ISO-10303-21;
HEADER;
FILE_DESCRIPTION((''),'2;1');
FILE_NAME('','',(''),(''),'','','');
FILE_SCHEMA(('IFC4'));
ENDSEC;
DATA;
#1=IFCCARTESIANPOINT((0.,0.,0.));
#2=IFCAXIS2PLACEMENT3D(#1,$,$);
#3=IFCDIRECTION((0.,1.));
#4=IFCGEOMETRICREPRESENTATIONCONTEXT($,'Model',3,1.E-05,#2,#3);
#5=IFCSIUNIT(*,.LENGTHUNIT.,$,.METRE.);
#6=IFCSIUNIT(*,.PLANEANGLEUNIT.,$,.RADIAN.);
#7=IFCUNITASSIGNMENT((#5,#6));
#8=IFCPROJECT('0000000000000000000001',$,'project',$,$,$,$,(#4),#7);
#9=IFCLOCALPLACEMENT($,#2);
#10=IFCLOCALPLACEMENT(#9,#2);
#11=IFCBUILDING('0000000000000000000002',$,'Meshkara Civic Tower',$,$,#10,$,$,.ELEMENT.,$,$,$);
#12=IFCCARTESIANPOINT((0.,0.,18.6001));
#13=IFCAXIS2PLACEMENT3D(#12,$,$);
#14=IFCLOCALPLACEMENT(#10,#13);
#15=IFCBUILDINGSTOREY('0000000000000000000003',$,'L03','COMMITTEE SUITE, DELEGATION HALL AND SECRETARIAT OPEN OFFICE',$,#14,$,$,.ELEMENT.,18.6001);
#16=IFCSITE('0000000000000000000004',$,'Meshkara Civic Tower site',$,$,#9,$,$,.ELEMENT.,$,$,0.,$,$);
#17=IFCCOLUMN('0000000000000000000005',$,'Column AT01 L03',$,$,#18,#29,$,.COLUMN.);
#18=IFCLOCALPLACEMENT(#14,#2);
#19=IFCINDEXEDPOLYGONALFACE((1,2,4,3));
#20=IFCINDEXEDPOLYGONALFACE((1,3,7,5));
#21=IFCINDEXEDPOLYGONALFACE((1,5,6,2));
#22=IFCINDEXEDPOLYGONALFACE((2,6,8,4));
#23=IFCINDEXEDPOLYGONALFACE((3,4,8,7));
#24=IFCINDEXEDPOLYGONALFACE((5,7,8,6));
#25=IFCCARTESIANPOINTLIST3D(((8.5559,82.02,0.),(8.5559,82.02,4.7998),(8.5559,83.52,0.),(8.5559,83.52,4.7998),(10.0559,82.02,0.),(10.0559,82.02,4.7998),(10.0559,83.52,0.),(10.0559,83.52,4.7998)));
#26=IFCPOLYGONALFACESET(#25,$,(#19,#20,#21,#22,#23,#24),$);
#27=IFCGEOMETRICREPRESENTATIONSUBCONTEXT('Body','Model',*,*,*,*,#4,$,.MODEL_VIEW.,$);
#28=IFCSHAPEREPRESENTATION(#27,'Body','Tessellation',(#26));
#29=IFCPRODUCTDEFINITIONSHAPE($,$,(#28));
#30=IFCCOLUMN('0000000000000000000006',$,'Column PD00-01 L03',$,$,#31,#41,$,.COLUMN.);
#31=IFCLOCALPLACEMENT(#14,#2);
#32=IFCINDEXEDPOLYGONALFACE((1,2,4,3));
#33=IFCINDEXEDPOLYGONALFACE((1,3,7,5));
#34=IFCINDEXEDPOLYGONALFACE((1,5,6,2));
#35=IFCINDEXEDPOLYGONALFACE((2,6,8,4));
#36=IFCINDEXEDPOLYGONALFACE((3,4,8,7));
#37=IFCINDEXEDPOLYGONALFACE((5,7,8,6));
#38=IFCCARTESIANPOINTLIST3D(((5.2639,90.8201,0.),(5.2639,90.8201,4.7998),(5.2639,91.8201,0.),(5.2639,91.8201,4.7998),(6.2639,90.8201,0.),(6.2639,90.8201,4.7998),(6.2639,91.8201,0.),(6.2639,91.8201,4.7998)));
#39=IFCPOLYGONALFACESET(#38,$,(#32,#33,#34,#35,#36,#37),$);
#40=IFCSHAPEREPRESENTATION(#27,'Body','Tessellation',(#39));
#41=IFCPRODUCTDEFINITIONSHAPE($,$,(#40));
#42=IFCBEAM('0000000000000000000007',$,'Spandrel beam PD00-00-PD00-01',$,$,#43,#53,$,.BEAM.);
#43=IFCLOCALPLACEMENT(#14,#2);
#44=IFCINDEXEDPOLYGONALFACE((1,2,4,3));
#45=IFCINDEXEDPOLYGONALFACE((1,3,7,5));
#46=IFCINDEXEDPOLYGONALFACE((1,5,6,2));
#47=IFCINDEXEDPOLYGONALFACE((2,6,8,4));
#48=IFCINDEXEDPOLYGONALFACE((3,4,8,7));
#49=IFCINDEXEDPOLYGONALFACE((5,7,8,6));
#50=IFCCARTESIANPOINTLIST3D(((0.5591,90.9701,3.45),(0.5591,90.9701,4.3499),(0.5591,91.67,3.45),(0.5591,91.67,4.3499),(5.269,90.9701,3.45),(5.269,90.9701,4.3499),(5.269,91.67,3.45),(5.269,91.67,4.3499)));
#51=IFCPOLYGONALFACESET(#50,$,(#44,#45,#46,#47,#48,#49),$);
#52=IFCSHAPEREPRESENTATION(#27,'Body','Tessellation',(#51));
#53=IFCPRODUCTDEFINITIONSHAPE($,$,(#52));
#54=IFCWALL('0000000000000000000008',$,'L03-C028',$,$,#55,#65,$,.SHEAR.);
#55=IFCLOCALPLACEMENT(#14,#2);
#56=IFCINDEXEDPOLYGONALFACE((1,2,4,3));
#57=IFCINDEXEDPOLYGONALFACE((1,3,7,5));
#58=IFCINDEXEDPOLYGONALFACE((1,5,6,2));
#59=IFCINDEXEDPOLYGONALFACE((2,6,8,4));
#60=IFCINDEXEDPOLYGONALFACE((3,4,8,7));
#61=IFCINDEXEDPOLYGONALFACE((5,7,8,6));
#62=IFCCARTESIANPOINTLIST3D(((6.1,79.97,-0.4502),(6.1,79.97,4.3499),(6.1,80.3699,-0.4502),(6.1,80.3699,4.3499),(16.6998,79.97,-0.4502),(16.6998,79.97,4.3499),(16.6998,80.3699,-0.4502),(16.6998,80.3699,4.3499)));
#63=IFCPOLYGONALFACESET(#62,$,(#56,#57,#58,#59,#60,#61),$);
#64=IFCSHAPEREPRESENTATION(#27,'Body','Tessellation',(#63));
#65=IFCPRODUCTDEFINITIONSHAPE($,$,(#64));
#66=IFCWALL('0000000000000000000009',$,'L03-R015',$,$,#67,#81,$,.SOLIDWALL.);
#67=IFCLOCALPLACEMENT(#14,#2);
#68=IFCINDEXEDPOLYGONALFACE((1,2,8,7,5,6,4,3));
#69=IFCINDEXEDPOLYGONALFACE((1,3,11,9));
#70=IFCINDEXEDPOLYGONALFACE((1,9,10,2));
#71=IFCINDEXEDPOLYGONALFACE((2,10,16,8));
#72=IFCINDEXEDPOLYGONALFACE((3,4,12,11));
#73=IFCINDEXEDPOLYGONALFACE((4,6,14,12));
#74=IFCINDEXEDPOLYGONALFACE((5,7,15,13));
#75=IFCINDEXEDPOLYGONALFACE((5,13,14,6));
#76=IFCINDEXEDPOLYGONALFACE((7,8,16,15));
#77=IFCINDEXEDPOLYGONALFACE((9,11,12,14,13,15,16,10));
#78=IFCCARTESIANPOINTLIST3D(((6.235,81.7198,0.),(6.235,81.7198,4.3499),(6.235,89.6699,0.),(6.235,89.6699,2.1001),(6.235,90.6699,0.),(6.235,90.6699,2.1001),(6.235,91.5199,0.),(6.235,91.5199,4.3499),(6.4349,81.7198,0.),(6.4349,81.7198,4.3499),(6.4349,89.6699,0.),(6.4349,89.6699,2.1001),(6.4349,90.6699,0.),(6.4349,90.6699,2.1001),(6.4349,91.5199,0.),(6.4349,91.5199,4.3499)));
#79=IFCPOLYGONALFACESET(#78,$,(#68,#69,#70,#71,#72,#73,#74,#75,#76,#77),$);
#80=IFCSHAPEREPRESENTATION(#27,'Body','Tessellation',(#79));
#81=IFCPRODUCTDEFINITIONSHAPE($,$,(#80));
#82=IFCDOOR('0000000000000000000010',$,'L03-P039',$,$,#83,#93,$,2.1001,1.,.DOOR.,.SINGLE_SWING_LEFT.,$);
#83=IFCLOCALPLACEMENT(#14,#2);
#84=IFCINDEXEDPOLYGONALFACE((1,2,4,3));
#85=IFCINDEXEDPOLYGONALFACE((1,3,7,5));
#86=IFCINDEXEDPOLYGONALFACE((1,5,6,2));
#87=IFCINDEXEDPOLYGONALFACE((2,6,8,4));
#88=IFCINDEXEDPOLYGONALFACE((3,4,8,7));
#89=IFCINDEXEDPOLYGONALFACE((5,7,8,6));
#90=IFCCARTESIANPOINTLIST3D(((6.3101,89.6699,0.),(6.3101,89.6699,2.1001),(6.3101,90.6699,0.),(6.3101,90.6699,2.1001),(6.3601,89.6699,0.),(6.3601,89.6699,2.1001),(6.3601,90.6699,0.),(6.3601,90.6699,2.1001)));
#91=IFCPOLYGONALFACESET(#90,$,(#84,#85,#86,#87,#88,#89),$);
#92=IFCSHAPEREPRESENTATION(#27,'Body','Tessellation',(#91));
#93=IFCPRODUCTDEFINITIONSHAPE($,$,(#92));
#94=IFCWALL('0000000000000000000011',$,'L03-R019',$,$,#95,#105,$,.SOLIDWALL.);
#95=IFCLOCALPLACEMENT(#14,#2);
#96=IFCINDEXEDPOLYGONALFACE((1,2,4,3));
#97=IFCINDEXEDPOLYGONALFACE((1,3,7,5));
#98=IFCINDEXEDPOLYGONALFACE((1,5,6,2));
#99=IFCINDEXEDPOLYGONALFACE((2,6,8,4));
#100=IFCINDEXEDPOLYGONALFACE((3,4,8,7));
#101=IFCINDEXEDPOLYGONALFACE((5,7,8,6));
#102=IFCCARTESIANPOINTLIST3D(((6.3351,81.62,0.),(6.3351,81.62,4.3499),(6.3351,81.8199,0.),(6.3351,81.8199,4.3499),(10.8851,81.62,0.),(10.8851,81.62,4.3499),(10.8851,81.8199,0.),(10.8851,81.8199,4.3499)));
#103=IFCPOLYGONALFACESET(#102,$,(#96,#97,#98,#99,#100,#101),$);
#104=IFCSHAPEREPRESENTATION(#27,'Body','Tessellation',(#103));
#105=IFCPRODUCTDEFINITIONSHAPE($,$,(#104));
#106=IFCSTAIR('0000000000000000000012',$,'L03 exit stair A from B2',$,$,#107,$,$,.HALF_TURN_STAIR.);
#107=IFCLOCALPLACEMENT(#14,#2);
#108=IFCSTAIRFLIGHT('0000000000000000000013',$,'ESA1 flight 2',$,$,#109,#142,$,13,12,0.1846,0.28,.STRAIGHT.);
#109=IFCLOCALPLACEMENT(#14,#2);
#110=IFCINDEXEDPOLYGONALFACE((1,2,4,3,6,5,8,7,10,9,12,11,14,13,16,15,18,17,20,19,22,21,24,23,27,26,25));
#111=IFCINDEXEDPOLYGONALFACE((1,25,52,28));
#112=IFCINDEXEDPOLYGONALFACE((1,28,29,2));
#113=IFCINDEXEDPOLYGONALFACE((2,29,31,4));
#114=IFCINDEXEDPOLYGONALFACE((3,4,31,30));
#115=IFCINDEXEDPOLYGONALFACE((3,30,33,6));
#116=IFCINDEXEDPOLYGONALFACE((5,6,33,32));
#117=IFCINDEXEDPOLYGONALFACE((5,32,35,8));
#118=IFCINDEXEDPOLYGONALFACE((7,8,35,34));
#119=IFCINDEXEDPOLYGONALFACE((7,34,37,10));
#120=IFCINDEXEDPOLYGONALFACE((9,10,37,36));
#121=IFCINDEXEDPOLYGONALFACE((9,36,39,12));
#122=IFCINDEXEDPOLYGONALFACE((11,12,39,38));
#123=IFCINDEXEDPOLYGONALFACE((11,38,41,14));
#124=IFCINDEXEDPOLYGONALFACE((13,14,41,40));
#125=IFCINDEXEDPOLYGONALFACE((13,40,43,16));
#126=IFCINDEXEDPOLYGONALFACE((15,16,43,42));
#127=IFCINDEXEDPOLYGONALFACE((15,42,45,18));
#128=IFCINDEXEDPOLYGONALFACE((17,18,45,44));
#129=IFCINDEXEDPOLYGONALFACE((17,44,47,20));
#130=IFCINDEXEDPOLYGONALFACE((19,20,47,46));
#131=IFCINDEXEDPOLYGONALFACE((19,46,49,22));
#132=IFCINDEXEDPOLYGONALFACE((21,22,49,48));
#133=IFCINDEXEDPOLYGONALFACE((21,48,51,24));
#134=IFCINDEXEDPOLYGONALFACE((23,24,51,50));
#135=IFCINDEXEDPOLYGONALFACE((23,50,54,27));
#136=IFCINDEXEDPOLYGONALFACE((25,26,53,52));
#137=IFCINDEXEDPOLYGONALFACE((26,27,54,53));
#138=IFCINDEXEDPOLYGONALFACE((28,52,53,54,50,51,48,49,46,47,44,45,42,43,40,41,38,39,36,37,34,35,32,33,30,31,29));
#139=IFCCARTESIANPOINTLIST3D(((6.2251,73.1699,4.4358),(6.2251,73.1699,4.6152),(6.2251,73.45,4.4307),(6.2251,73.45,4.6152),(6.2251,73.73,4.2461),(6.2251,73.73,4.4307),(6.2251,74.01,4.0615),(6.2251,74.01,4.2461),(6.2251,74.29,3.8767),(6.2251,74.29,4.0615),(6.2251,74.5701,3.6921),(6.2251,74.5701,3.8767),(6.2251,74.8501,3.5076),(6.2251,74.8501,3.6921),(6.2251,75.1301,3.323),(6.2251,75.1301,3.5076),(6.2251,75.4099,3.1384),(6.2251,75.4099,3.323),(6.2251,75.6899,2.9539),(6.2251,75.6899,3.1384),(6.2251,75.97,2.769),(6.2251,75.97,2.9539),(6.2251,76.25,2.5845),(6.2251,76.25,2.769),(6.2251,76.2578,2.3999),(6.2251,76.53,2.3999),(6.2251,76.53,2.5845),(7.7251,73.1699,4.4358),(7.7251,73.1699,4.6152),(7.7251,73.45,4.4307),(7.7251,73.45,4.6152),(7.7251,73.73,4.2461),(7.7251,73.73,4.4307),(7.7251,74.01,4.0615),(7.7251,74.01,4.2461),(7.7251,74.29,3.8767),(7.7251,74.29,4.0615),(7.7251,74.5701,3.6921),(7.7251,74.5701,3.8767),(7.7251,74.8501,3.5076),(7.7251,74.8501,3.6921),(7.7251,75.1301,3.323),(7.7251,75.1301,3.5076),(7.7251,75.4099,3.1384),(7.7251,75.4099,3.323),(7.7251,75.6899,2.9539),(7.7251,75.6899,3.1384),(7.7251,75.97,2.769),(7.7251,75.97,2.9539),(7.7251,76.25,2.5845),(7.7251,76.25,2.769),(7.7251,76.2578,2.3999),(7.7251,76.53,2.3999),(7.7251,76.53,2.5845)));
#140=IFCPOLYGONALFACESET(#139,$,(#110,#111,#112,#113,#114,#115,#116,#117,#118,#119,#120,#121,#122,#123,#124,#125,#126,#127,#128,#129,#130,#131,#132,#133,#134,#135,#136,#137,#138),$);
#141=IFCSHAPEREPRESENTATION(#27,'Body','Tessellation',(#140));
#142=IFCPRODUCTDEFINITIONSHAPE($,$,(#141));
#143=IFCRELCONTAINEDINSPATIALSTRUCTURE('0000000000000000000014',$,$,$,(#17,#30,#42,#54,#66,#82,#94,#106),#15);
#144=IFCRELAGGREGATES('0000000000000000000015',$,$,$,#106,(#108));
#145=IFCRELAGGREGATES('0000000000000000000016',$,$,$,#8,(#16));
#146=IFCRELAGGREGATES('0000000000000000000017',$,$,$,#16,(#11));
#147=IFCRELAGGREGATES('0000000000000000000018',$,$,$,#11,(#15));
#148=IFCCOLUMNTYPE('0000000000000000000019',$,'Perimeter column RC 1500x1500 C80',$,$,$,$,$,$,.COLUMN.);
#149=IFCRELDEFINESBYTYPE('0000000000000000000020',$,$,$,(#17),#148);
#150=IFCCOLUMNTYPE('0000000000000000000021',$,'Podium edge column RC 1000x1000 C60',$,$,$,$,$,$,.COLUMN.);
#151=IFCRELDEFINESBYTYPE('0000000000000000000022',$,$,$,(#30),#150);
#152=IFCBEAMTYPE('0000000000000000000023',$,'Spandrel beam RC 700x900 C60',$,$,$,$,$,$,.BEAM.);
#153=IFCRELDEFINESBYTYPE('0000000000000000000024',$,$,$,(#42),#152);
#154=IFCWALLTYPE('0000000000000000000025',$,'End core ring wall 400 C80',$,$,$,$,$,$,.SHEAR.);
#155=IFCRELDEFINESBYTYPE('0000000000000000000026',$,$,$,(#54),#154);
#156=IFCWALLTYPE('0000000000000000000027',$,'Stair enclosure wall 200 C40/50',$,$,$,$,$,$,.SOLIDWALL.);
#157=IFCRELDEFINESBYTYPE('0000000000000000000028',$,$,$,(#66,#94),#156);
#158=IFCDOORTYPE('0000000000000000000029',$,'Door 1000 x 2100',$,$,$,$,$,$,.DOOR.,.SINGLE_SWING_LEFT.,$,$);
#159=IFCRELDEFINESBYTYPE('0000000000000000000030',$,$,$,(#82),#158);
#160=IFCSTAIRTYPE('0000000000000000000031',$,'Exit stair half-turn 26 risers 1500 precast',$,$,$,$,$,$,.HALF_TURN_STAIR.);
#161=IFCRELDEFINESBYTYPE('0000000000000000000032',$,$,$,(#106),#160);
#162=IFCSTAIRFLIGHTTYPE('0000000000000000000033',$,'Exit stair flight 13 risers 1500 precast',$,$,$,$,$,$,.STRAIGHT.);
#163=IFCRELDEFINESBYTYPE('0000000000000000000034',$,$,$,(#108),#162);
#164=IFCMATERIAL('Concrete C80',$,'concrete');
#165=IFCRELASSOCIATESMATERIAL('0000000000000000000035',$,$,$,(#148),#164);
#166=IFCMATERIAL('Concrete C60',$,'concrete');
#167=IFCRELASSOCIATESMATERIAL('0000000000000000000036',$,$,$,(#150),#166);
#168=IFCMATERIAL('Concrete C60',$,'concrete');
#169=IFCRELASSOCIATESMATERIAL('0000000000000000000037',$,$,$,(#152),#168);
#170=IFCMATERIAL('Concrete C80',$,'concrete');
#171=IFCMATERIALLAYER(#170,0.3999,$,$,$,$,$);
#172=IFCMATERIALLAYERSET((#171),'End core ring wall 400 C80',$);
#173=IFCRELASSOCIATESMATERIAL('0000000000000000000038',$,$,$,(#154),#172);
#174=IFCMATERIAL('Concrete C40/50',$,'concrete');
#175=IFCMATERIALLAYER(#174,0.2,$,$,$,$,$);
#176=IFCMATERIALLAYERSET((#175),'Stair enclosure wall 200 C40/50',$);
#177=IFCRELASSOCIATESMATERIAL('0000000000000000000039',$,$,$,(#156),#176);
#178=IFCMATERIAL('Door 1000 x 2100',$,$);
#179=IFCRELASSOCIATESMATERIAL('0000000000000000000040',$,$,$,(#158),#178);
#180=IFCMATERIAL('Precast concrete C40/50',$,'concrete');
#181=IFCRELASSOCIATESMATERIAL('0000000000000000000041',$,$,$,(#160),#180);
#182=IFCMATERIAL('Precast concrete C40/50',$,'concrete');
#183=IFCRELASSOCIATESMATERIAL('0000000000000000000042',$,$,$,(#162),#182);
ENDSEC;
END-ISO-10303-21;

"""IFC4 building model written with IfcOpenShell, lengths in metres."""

from ifc_helpers import new_model, si_unit, direction, frame, frame_2d, origin, origin_2d, place, context, subcontext, project, spatial, polyline, rectangle, outline, extrude, material, layer, layer_set, material_profile, profile_set, type_object, element, fill, aggregate, save


model = new_model("IFC4")

# Units and contexts
model_context = context("Model", 3, precision=1e-05, world=origin(), true_north=direction((0.0, 1.0)))
body_context = subcontext(model_context, "Body", "Model", "MODEL_VIEW")
ifc_project = project(units=[si_unit("LENGTHUNIT", "METRE"), si_unit("PLANEANGLEUNIT", "RADIAN")], contexts=[model_context])

# Site, building, storey
site_placement = place(None, origin())
site = spatial("IfcSite", under=ifc_project, at=site_placement, Name="Meshkara Civic Tower site", CompositionType="ELEMENT", RefElevation=0.0)
building_placement = place(site_placement, origin())
building = spatial("IfcBuilding", under=site, at=building_placement, Name="Meshkara Civic Tower", CompositionType="ELEMENT")
storey_placement = place(building_placement, frame((0.0, 0.0, 18.6001)))
storey = spatial("IfcBuildingStorey", under=building, at=storey_placement, Name="L03", Description="COMMITTEE SUITE, DELEGATION HALL AND SECRETARIAT OPEN OFFICE", CompositionType="ELEMENT", Elevation=18.6001)

# Columns
ifc_material_1 = material(Name="Concrete C80", Category="concrete")
ifc_material_profile_1 = material_profile(ifc_material_1, rectangle(XDim=1.5, YDim=1.5, at=origin_2d()))
ifc_profile_set_1 = profile_set([ifc_material_profile_1], Name="Concrete C80")
column_type_1 = type_object("IfcColumnType", Name="Perimeter column RC 1500x1500 C80", PredefinedType="COLUMN", material=ifc_profile_set_1)
column_1_placement = place(storey_placement, frame((9.3059, 82.77, 0.0), z_axis=(0.0, 0.0, 1.0), x_axis=(1.0, 0.0, 0.0)))
element("IfcColumn", 1, at=column_1_placement, inside=storey, type_object=column_type_1, Name="Column AT01 L03", PredefinedType="COLUMN", context=body_context, shape_type="SweptSolid", body=[
    extrude(rectangle(XDim=1.5, YDim=1.5, at=origin_2d()), origin(), (0.0, 0.0, 1.0), 4.7998),
])
ifc_material_2 = material(Name="Concrete C60", Category="concrete")
ifc_material_profile_2 = material_profile(ifc_material_2, rectangle(XDim=1.0, YDim=1.0, at=origin_2d()))
ifc_profile_set_2 = profile_set([ifc_material_profile_2], Name="Concrete C60")
column_type_2 = type_object("IfcColumnType", Name="Podium edge column RC 1000x1000 C60", PredefinedType="COLUMN", material=ifc_profile_set_2)
column_2_placement = place(storey_placement, frame((5.7639, 91.3201, 0.0), z_axis=(0.0, 0.0, 1.0), x_axis=(1.0, 0.0, 0.0)))
element("IfcColumn", 2, at=column_2_placement, inside=storey, type_object=column_type_2, Name="Column PD00-01 L03", PredefinedType="COLUMN", context=body_context, shape_type="SweptSolid", body=[
    extrude(rectangle(XDim=1.0, YDim=1.0, at=origin_2d()), origin(), (0.0, 0.0, 1.0), 4.7998),
])

# Beam
ifc_material_3 = material(Name="Concrete C60", Category="concrete")
ifc_material_profile_3 = material_profile(ifc_material_3, rectangle(XDim=0.7, YDim=0.8999, at=origin_2d()))
ifc_profile_set_3 = profile_set([ifc_material_profile_3], Name="Concrete C60")
beam_type = type_object("IfcBeamType", Name="Spandrel beam RC 700x900 C60", PredefinedType="BEAM", material=ifc_profile_set_3)
beam_placement = place(storey_placement, frame((5.269, 91.3201, 3.8999), z_axis=(-1.0, 0.0, 0.0), x_axis=(0.0, -1.0, 0.0)))
element("IfcBeam", 3, at=beam_placement, inside=storey, type_object=beam_type, Name="Spandrel beam PD00-00-PD00-01", PredefinedType="BEAM", context=body_context, shape_type="SweptSolid", body=[
    extrude(rectangle(XDim=0.7, YDim=0.8999, at=origin_2d()), origin(), (0.0, 0.0, 1.0), 4.71),
])

# Wall
ifc_material_4 = material(Name="Concrete C80", Category="concrete")
ifc_layer_1 = layer(ifc_material_4, 0.3999)
ifc_layer_set_1 = layer_set([ifc_layer_1], Name="End core ring wall 400 C80")
wall_type_1 = type_object("IfcWallType", Name="End core ring wall 400 C80", PredefinedType="SHEAR", material=ifc_layer_set_1)
wall_1_placement = place(storey_placement, frame((6.1001, 80.1699, -0.4502), z_axis=(0.0, 0.0, 1.0), x_axis=(1.0, 0.0, 0.0)))
element("IfcWall", 4, at=wall_1_placement, inside=storey, type_object=wall_type_1, Name="L03-C028", PredefinedType="SHEAR", context=body_context, shape_type="SweptSolid", body=[
    extrude(rectangle(XDim=10.5999, YDim=0.3999, at=frame_2d((5.2998, 0.0))), origin(), (0.0, 0.0, 1.0), 4.8),
])

# Wall, opening, door
ifc_material_5 = material(Name="Concrete C40/50", Category="concrete")
ifc_layer_2 = layer(ifc_material_5, 0.2)
ifc_layer_set_2 = layer_set([ifc_layer_2], Name="Stair enclosure wall 200 C40/50")
wall_type_2 = type_object("IfcWallType", Name="Stair enclosure wall 200 C40/50", PredefinedType="SOLIDWALL", material=ifc_layer_set_2)
wall_2_placement = place(storey_placement, frame((6.335, 81.72, 0.0), z_axis=(0.0, 0.0, 1.0), x_axis=(0.0, 1.0, 0.0)))
wall_2 = element("IfcWall", 5, at=wall_2_placement, inside=storey, type_object=wall_type_2, Name="L03-R015", PredefinedType="SOLIDWALL", context=body_context, shape_type="SweptSolid", body=[
    extrude(rectangle(XDim=9.8, YDim=0.2, at=frame_2d((4.8999, 0.0))), origin(), (0.0, 0.0, 1.0), 4.3499),
])
opening_placement = place(wall_2_placement, frame((7.95, 0.0, 0.0)))
opening = element("IfcOpeningElement", 6, at=opening_placement, cuts=wall_2, PredefinedType="OPENING", context=body_context, shape_type="SweptSolid", body=[
    extrude(rectangle(XDim=1.0, YDim=2.1001, at=frame_2d((0.5, 1.05))), frame((0.0, 0.1099, 0.0), z_axis=(0.0, -1.0, 0.0), x_axis=(1.0, 0.0, 0.0)), (0.0, 0.0, 1.0), 0.22),
])
ifc_material_6 = material(Name="Door 1000 x 2100")
door_type = type_object("IfcDoorType", Name="Door 1000 x 2100", OperationType="SINGLE_SWING_LEFT", PredefinedType="DOOR", material=ifc_material_6)
door_placement = place(opening_placement, origin())
door = element("IfcDoor", 7, at=door_placement, inside=storey, type_object=door_type, Name="L03-P039", OperationType="SINGLE_SWING_LEFT", OverallHeight=2.1001, OverallWidth=1.0, PredefinedType="DOOR", context=body_context, shape_type="SweptSolid", body=[
    extrude(rectangle(XDim=1.0, YDim=2.1001, at=frame_2d((0.5, 1.05))), frame((0.0, 0.0249, 0.0), z_axis=(0.0, -1.0, 0.0), x_axis=(1.0, 0.0, 0.0)), (0.0, 0.0, 1.0), 0.05),
])
fill(opening, door)

# Wall
wall_3_placement = place(storey_placement, frame((10.885, 81.72, 0.0), z_axis=(0.0, 0.0, 1.0), x_axis=(-1.0, 0.0, 0.0)))
element("IfcWall", 8, at=wall_3_placement, inside=storey, type_object=wall_type_2, Name="L03-R019", PredefinedType="SOLIDWALL", context=body_context, shape_type="SweptSolid", body=[
    extrude(rectangle(XDim=4.55, YDim=0.2, at=frame_2d((2.2749, 0.0))), origin(), (0.0, 0.0, 1.0), 4.3499),
])

# Stair, stair flight
ifc_material_7 = material(Name="Precast concrete C40/50", Category="concrete")
stair_type_1 = type_object("IfcStairType", Name="Exit stair half-turn 26 risers 1500 precast", PredefinedType="HALF_TURN_STAIR", material=ifc_material_7)
stair_1_placement = place(storey_placement, origin())
stair_1 = element("IfcStair", 9, at=stair_1_placement, inside=storey, type_object=stair_type_1, Name="L03 exit stair A from B2", PredefinedType="HALF_TURN_STAIR")
ifc_material_8 = material(Name="Precast concrete C40/50", Category="concrete")
stair_flight_type_1 = type_object("IfcStairFlightType", Name="Exit stair flight 13 risers 1500 precast", PredefinedType="STRAIGHT", material=ifc_material_8)
stair_flight_1_placement = place(storey_placement, frame((6.9751, 76.53, 2.3999), z_axis=(0.0, 0.0, 1.0), x_axis=(0.0, -1.0, 0.0)))
stair_flight_1 = element("IfcStairFlight", 10, at=stair_flight_1_placement, type_object=stair_flight_type_1, Name="ESA1 flight 2", NumberOfRisers=13, NumberOfTreads=12, PredefinedType="STRAIGHT", RiserHeight=0.1846, TreadLength=0.28, context=body_context, shape_type="SweptSolid", body=[
    extrude(outline(polyline([(0.0, 0.0), (0.0, 0.1846), (0.28, 0.1846), (0.28, 0.3691), (0.5601, 0.3691), (0.5601, 0.554), (0.8401, 0.554), (0.8401, 0.7385), (1.1201, 0.7385), (1.1201, 0.9231), (1.3999, 0.9231), (1.3999, 1.1077), (1.6799, 1.1077), (1.6799, 1.2922), (1.96, 1.2922), (1.96, 1.4768), (2.24, 1.4768), (2.24, 1.6616), (2.52, 1.6616), (2.52, 1.8462), (2.8, 1.8462), (2.8, 2.0308), (3.0801, 2.0308), (3.0801, 2.2153), (3.3601, 2.2153), (3.3601, 2.3999), (3.3601, 2.0359), (0.2722, 0.0), (0.0, 0.0)])), frame((0.0, 0.75, 0.0), z_axis=(0.0, -1.0, 0.0), x_axis=(1.0, 0.0, 0.0)), (0.0, 0.0, 1.0), 1.5),
])
aggregate(stair_1, [stair_flight_1])

save(model, "model.ifc")
